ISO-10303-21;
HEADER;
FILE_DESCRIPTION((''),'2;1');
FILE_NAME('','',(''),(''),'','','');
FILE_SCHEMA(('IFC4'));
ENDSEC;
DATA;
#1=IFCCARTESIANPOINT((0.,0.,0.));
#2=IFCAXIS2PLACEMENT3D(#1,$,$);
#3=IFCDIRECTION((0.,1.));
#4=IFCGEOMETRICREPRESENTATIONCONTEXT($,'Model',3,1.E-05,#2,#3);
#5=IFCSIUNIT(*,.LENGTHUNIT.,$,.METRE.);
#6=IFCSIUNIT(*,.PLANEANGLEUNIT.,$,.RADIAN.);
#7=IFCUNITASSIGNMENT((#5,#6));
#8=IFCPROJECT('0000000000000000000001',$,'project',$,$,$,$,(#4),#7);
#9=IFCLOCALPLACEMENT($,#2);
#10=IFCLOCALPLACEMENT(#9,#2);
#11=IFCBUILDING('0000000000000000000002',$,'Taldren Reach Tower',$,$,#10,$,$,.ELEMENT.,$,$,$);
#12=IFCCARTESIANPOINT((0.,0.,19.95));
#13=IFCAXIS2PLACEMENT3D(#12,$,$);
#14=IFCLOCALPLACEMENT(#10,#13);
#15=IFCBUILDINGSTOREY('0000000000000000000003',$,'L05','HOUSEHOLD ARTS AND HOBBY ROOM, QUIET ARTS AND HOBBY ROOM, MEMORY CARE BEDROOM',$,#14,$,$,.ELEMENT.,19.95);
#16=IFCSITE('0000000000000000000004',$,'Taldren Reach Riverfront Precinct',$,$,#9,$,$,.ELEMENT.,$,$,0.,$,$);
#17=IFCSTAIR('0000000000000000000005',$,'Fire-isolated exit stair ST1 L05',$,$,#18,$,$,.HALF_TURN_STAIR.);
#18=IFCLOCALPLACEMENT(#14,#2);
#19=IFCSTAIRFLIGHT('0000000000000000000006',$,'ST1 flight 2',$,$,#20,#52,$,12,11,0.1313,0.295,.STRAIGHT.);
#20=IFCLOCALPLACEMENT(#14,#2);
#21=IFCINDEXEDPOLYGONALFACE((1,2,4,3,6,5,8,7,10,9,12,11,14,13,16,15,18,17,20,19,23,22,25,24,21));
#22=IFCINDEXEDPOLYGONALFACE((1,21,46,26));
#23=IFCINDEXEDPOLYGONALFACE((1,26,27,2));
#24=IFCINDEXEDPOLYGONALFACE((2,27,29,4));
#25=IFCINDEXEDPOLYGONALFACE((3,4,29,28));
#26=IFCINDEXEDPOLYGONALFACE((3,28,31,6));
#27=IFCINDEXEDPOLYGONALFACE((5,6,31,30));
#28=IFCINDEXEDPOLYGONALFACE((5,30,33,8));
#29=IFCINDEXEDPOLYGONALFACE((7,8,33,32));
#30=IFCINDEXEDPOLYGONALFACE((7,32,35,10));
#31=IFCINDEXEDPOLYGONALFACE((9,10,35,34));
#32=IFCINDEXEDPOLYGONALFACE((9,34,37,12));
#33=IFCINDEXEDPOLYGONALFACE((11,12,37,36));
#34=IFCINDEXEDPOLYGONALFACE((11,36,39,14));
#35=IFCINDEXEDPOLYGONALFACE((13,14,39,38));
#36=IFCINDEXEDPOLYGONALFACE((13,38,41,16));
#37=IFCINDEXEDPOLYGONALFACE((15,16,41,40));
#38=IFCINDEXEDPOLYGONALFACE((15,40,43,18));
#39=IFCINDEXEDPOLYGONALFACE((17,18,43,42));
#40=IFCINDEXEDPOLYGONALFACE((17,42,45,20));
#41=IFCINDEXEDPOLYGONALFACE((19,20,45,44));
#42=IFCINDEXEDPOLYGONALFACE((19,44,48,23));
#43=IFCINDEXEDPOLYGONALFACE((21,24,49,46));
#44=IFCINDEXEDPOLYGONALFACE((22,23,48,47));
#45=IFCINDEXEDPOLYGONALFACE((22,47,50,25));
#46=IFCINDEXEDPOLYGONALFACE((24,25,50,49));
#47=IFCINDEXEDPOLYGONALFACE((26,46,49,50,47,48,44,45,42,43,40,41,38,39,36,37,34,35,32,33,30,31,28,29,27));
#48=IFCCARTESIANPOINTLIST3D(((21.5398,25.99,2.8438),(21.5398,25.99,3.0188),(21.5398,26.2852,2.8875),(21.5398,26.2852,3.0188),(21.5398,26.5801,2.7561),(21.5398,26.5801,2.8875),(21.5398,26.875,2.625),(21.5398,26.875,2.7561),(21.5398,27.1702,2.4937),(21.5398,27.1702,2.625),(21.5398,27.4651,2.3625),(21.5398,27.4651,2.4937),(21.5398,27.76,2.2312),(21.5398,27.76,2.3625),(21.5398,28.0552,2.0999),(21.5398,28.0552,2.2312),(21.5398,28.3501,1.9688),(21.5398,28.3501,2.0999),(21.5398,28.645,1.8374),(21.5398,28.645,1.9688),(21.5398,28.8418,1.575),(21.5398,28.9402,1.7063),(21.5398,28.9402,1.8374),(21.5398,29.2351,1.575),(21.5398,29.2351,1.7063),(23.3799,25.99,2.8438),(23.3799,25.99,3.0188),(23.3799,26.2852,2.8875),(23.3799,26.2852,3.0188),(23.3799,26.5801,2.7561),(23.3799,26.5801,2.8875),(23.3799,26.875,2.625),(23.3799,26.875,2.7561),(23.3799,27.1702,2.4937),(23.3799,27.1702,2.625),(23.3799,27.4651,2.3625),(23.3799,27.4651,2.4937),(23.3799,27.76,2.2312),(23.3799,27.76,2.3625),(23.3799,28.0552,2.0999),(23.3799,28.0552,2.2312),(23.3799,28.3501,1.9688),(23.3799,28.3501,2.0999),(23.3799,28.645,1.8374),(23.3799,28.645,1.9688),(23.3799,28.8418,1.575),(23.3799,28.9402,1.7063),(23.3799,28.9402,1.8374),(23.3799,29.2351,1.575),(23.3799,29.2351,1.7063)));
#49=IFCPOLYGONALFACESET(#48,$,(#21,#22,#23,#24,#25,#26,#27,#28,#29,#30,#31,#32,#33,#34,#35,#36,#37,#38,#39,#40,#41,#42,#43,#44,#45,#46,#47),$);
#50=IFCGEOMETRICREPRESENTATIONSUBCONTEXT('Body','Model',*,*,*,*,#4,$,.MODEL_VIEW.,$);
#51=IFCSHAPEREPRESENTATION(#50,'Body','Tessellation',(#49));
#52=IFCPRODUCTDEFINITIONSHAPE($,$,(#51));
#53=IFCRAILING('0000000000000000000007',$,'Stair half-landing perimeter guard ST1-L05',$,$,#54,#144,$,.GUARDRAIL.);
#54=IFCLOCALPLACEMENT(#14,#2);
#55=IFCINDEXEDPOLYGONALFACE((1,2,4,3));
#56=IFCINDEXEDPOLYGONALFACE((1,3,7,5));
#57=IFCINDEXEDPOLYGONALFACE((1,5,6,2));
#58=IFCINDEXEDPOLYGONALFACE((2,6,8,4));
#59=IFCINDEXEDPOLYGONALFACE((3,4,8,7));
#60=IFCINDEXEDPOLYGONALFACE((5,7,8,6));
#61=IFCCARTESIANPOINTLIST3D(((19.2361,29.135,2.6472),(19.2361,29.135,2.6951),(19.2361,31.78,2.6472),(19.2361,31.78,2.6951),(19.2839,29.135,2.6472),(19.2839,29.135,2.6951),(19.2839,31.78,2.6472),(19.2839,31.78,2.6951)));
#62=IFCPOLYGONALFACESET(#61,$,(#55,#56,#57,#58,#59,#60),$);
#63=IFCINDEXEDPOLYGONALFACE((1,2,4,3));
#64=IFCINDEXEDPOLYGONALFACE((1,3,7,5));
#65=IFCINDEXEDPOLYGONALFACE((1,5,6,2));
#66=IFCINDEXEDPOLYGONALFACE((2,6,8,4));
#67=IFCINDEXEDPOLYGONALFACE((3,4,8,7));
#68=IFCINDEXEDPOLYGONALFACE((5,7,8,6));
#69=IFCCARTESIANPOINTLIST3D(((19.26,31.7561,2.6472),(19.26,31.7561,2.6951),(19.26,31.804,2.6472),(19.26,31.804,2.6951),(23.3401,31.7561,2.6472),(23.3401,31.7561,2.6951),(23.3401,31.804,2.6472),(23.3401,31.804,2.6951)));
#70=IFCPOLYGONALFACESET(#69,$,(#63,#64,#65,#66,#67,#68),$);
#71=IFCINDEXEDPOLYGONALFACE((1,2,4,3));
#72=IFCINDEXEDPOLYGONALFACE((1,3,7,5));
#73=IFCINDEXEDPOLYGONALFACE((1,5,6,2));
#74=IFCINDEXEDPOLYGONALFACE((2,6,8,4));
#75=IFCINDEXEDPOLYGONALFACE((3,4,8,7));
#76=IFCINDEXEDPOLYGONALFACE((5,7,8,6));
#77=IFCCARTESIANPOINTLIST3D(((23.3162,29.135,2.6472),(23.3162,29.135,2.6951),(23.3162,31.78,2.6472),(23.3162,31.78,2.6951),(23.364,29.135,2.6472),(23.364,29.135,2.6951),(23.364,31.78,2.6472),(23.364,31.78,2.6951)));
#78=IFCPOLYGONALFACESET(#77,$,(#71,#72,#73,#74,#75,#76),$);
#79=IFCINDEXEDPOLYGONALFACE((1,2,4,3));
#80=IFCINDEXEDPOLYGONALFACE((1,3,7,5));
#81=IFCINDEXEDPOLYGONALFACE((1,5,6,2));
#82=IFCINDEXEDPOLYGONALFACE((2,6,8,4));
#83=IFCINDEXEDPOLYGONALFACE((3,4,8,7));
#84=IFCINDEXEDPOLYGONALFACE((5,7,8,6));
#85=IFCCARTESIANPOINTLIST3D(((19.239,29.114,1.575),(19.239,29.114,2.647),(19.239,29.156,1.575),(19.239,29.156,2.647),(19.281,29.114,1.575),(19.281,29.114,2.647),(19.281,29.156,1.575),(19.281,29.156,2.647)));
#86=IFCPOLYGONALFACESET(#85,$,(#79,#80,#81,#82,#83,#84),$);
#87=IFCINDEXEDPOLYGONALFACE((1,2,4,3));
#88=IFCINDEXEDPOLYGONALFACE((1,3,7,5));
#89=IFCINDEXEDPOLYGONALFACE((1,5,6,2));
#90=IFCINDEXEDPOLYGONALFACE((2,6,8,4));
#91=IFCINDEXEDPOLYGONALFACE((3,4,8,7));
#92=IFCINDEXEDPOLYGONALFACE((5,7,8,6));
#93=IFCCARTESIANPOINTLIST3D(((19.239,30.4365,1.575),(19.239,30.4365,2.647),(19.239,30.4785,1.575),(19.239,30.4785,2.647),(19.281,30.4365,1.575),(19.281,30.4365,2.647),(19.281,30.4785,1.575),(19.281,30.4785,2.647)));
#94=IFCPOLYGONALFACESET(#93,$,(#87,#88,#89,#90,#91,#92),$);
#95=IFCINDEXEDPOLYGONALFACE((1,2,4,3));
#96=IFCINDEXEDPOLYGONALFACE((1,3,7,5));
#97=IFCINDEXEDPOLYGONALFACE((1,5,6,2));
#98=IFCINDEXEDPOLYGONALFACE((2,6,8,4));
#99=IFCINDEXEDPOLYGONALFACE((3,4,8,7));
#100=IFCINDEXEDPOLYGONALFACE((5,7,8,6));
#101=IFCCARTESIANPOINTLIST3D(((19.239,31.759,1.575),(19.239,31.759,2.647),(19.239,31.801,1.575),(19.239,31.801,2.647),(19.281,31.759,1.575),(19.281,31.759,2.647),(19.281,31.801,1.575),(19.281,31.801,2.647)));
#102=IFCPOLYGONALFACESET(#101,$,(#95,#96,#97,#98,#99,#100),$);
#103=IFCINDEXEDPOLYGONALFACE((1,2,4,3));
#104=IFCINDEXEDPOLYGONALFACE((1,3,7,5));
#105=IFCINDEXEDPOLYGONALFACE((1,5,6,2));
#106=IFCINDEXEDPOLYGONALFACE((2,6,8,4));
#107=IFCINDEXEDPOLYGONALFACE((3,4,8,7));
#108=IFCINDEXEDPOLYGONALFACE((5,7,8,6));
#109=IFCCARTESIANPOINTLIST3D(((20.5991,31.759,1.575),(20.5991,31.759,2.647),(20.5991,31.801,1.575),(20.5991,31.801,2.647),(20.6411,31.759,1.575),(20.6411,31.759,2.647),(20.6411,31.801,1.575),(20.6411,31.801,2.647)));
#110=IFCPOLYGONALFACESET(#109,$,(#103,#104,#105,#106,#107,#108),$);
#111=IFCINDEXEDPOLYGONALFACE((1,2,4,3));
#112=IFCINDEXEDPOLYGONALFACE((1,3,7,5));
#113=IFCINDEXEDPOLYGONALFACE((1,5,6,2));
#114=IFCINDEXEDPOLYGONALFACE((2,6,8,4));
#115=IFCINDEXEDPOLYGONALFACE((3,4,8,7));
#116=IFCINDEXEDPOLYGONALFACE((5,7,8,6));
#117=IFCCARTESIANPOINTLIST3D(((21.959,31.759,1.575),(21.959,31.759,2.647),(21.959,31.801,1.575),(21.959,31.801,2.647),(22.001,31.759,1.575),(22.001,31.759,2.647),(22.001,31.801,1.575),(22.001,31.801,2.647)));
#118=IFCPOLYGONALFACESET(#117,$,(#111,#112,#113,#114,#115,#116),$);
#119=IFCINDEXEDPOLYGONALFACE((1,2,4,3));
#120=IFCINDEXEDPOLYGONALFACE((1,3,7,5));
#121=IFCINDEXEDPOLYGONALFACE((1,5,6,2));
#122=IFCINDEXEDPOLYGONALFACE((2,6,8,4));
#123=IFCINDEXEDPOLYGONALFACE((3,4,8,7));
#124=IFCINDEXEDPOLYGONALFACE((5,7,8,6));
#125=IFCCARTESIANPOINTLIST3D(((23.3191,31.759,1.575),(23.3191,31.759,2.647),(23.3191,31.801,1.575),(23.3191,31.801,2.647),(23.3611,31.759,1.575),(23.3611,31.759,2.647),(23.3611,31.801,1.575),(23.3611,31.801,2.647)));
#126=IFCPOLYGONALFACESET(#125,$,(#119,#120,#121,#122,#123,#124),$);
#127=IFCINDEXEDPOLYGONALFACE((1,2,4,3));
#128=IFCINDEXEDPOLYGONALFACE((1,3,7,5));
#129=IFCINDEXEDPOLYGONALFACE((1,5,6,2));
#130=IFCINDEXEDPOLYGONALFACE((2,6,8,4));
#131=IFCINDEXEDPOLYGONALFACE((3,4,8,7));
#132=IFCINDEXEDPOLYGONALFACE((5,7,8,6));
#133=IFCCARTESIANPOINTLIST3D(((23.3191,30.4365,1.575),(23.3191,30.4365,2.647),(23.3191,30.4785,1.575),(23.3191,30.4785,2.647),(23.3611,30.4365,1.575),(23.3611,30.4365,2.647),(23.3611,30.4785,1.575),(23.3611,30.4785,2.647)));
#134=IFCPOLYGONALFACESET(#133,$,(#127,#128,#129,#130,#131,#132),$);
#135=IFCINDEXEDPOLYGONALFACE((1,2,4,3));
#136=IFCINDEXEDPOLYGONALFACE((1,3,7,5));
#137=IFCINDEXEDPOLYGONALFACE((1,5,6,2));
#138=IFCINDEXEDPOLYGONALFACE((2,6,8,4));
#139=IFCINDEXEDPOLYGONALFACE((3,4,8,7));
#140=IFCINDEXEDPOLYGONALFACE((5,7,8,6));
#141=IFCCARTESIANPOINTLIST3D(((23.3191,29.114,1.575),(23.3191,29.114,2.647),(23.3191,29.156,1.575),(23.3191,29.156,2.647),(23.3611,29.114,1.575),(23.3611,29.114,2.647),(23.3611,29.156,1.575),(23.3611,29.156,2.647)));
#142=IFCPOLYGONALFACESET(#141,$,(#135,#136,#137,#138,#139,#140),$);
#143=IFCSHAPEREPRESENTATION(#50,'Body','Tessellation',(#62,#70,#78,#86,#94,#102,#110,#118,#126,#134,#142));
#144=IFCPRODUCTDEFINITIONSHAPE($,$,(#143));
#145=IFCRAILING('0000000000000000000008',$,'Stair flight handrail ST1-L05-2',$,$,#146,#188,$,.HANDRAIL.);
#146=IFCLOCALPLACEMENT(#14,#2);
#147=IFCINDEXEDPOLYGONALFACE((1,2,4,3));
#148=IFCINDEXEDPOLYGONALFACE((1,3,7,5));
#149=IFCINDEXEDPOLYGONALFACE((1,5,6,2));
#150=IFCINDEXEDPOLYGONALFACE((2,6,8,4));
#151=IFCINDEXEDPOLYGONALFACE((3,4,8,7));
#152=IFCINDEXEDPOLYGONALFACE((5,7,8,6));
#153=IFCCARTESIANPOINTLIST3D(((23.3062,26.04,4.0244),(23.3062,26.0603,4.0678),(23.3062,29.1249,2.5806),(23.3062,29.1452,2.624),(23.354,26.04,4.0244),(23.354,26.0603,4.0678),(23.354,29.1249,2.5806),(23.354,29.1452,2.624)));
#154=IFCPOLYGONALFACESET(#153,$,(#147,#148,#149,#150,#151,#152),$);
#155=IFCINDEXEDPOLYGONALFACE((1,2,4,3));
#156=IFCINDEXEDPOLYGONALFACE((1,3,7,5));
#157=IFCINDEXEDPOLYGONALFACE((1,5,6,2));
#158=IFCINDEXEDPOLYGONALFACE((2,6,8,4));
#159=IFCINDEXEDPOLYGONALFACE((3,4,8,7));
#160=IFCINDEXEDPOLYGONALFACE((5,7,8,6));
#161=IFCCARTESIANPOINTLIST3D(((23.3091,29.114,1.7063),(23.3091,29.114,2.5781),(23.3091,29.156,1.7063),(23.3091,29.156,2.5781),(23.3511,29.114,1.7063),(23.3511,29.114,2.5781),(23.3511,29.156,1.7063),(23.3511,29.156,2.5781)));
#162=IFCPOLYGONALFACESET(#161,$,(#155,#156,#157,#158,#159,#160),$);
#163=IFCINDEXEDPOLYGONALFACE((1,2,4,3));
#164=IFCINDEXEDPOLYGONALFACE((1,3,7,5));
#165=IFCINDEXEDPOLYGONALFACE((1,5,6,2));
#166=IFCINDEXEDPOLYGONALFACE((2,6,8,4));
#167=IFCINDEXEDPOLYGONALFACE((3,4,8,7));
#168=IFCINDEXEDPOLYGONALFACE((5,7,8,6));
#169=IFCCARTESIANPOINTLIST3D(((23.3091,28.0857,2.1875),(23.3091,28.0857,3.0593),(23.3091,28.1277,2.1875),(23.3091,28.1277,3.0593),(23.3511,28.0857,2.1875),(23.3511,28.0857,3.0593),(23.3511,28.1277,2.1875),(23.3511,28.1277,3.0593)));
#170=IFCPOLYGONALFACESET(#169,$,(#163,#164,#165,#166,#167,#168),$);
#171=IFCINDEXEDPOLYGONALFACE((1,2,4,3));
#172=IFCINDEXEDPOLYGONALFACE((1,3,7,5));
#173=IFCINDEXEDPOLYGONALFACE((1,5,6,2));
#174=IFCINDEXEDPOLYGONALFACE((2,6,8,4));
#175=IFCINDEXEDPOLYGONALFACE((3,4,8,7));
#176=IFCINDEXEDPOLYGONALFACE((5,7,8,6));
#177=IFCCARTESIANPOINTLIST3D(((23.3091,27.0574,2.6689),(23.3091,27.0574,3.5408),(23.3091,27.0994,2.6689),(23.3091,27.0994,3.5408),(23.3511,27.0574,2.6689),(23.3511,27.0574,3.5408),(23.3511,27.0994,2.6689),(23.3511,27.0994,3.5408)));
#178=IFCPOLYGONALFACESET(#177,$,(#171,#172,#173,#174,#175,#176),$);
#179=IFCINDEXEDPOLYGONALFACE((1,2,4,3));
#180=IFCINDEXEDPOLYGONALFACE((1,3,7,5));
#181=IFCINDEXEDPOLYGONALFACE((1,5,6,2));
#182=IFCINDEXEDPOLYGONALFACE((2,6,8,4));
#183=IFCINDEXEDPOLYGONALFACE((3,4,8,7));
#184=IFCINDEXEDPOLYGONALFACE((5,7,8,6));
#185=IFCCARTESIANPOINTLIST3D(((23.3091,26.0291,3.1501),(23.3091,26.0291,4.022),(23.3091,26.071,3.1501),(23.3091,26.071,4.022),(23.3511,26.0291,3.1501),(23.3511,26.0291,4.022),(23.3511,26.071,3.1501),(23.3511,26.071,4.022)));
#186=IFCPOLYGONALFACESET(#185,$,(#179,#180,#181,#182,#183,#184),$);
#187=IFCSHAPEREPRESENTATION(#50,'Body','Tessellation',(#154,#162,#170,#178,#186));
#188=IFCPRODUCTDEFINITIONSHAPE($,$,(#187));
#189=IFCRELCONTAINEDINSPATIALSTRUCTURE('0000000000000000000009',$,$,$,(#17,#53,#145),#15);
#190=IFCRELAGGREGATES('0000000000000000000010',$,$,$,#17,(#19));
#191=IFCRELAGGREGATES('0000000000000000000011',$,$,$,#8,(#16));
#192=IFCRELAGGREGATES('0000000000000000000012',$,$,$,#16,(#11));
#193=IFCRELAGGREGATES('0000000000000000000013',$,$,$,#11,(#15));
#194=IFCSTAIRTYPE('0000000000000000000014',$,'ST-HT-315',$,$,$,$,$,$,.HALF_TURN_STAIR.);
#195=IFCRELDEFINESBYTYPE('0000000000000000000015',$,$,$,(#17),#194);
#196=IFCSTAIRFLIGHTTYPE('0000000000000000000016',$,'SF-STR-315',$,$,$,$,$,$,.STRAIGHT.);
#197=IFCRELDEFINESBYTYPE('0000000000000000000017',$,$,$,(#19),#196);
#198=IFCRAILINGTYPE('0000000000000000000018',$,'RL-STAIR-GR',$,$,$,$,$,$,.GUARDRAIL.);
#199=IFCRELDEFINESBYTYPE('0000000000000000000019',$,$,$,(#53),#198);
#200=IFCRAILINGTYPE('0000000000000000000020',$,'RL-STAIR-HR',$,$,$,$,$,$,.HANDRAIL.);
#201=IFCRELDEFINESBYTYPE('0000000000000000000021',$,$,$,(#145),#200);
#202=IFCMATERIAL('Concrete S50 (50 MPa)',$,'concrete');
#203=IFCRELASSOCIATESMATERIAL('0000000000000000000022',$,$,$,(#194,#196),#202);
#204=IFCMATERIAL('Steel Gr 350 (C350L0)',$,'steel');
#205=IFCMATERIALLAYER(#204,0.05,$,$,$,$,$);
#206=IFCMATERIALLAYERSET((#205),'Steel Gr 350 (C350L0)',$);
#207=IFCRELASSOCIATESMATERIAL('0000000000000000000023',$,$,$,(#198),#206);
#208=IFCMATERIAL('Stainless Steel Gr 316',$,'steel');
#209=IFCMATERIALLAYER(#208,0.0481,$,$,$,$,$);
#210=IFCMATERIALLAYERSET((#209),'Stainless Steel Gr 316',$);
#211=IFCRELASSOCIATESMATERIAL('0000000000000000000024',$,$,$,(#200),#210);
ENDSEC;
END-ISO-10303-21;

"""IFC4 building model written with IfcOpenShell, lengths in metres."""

from ifc_helpers import new_model, si_unit, direction, frame, origin, origin_2d, place, context, subcontext, project, spatial, polyline, rectangle, outline, extrude, material, layer, layer_set, type_object, element, aggregate, save


model = new_model("IFC4")

# Units and contexts
model_context = context("Model", 3, precision=1e-05, world=origin(), true_north=direction((0.0, 1.0)))
body_context = subcontext(model_context, "Body", "Model", "MODEL_VIEW")
ifc_project = project(units=[si_unit("LENGTHUNIT", "METRE"), si_unit("PLANEANGLEUNIT", "RADIAN")], contexts=[model_context])

# Site, building, storey
site_placement = place(None, origin())
site = spatial("IfcSite", under=ifc_project, at=site_placement, Name="Taldren Reach Riverfront Precinct", CompositionType="ELEMENT", RefElevation=0.0)
building_placement = place(site_placement, origin())
building = spatial("IfcBuilding", under=site, at=building_placement, Name="Taldren Reach Tower", CompositionType="ELEMENT")
storey_placement = place(building_placement, frame((0.0, 0.0, 19.95)))
storey = spatial("IfcBuildingStorey", under=building, at=storey_placement, Name="L05", Description="HOUSEHOLD ARTS AND HOBBY ROOM, QUIET ARTS AND HOBBY ROOM, MEMORY CARE BEDROOM", CompositionType="ELEMENT", Elevation=19.95)

# Shared definitions
ifc_material_1 = material(Name="Steel Gr 350 (C350L0)", Category="steel")

# Stair, stair flight
ifc_material_2 = material(Name="Concrete S50 (50 MPa)", Category="concrete")
stair_type = type_object("IfcStairType", Name="ST-HT-315", PredefinedType="HALF_TURN_STAIR", material=ifc_material_2)
stair_placement = place(storey_placement, origin())
stair = element("IfcStair", 1, at=stair_placement, inside=storey, type_object=stair_type, Name="Fire-isolated exit stair ST1 L05", PredefinedType="HALF_TURN_STAIR")
stair_flight_type = type_object("IfcStairFlightType", Name="SF-STR-315", PredefinedType="STRAIGHT", material=ifc_material_2)
stair_flight_placement = place(storey_placement, frame((22.46, 29.2351, 1.575), z_axis=(0.0, 0.0, 1.0), x_axis=(0.0, -1.0, 0.0)))
stair_flight = element("IfcStairFlight", 2, at=stair_flight_placement, type_object=stair_flight_type, Name="ST1 flight 2", NumberOfRisers=12, NumberOfTreads=11, PredefinedType="STRAIGHT", RiserHeight=0.1313, TreadLength=0.295, context=body_context, shape_type="SweptSolid", body=[
    extrude(outline(polyline([(0.0, 0.0), (0.0, 0.1313), (0.2949, 0.1313), (0.2949, 0.2625), (0.5901, 0.2625), (0.5901, 0.3938), (0.885, 0.3938), (0.885, 0.5249), (1.1799, 0.5249), (1.1799, 0.6562), (1.4751, 0.6562), (1.4751, 0.7876), (1.77, 0.7876), (1.77, 0.9187), (2.0649, 0.9187), (2.0649, 1.05), (2.3601, 1.05), (2.3601, 1.1812), (2.655, 1.1812), (2.655, 1.3125), (2.95, 1.3125), (2.95, 1.4438), (3.2451, 1.4438), (3.2451, 1.575), (3.2451, 1.2688), (0.3933, 0.0), (0.0, 0.0)])), frame((0.0, 0.9199, 0.0), z_axis=(0.0, -1.0, 0.0), x_axis=(1.0, 0.0, 0.0)), (0.0, 0.0, 1.0), 1.8401),
])
aggregate(stair, [stair_flight])

# Railings
ifc_layer_1 = layer(ifc_material_1, 0.05)
ifc_layer_set_1 = layer_set([ifc_layer_1], Name="Steel Gr 350 (C350L0)")
railing_type_1 = type_object("IfcRailingType", Name="RL-STAIR-GR", PredefinedType="GUARDRAIL", material=ifc_layer_set_1)
railing_1_placement = place(storey_placement, frame((19.26, 29.135, 1.575)))
element("IfcRailing", 3, at=railing_1_placement, inside=storey, type_object=railing_type_1, Name="Stair half-landing perimeter guard ST1-L05", PredefinedType="GUARDRAIL", context=body_context, shape_type="SweptSolid", body=[
    extrude(rectangle(XDim=0.0479, YDim=0.0479, at=origin_2d()), frame((0.0, 0.0, 1.0962), z_axis=(0.0, 1.0, 0.0), x_axis=(-1.0, 0.0, 0.0)), (0.0, 0.0, 1.0), 2.645),
    extrude(rectangle(XDim=0.0479, YDim=0.0479, at=origin_2d()), frame((0.0, 2.645, 1.0962), z_axis=(1.0, 0.0, 0.0), x_axis=(0.0, 1.0, 0.0)), (0.0, 0.0, 1.0), 4.0801),
    extrude(rectangle(XDim=0.0479, YDim=0.0479, at=origin_2d()), frame((4.0801, 2.645, 1.0962), z_axis=(0.0, -1.0, 0.0), x_axis=(1.0, 0.0, 0.0)), (0.0, 0.0, 1.0), 2.645),
    extrude(rectangle(XDim=0.042, YDim=0.042, at=origin_2d()), origin(), (0.0, 0.0, 1.0), 1.072),
    extrude(rectangle(XDim=0.042, YDim=0.042, at=origin_2d()), frame((0.0, 1.3225, 0.0)), (0.0, 0.0, 1.0), 1.072),
    extrude(rectangle(XDim=0.042, YDim=0.042, at=origin_2d()), frame((0.0, 2.645, 0.0)), (0.0, 0.0, 1.0), 1.072),
    extrude(rectangle(XDim=0.042, YDim=0.042, at=origin_2d()), frame((1.3601, 2.645, 0.0)), (0.0, 0.0, 1.0), 1.072),
    extrude(rectangle(XDim=0.042, YDim=0.042, at=origin_2d()), frame((2.72, 2.645, 0.0)), (0.0, 0.0, 1.0), 1.072),
    extrude(rectangle(XDim=0.042, YDim=0.042, at=origin_2d()), frame((4.0801, 2.645, 0.0)), (0.0, 0.0, 1.0), 1.072),
    extrude(rectangle(XDim=0.042, YDim=0.042, at=origin_2d()), frame((4.0801, 1.3225, 0.0)), (0.0, 0.0, 1.0), 1.072),
    extrude(rectangle(XDim=0.042, YDim=0.042, at=origin_2d()), frame((4.0801, 0.0, 0.0)), (0.0, 0.0, 1.0), 1.072),
])
ifc_material_3 = material(Name="Stainless Steel Gr 316", Category="steel")
ifc_layer_2 = layer(ifc_material_3, 0.0481)
ifc_layer_set_2 = layer_set([ifc_layer_2], Name="Stainless Steel Gr 316")
railing_type_2 = type_object("IfcRailingType", Name="RL-STAIR-HR", PredefinedType="HANDRAIL", material=ifc_layer_set_2)
railing_2_placement = place(storey_placement, frame((23.3301, 29.135, 1.7063)))
element("IfcRailing", 4, at=railing_2_placement, inside=storey, type_object=railing_type_2, Name="Stair flight handrail ST1-L05-2", PredefinedType="HANDRAIL", context=body_context, shape_type="SweptSolid", body=[
    extrude(rectangle(XDim=0.0479, YDim=0.0479, at=origin_2d()), frame((0.0, 0.0, 0.896), z_axis=(0.0, -0.90571, 0.423898), x_axis=(1.0, 0.0, 0.0)), (0.0, 0.0, 1.0), 3.406),
    extrude(rectangle(XDim=0.042, YDim=0.042, at=origin_2d()), origin(), (0.0, 0.0, 1.0), 0.8718),
    extrude(rectangle(XDim=0.042, YDim=0.042, at=origin_2d()), frame((0.0, -1.0283, 0.4812)), (0.0, 0.0, 1.0), 0.8718),
    extrude(rectangle(XDim=0.042, YDim=0.042, at=origin_2d()), frame((0.0, -2.0566, 0.9626)), (0.0, 0.0, 1.0), 0.8718),
    extrude(rectangle(XDim=0.042, YDim=0.042, at=origin_2d()), frame((0.0, -3.085, 1.4438)), (0.0, 0.0, 1.0), 0.8718),
])

save(model, "model.ifc")
